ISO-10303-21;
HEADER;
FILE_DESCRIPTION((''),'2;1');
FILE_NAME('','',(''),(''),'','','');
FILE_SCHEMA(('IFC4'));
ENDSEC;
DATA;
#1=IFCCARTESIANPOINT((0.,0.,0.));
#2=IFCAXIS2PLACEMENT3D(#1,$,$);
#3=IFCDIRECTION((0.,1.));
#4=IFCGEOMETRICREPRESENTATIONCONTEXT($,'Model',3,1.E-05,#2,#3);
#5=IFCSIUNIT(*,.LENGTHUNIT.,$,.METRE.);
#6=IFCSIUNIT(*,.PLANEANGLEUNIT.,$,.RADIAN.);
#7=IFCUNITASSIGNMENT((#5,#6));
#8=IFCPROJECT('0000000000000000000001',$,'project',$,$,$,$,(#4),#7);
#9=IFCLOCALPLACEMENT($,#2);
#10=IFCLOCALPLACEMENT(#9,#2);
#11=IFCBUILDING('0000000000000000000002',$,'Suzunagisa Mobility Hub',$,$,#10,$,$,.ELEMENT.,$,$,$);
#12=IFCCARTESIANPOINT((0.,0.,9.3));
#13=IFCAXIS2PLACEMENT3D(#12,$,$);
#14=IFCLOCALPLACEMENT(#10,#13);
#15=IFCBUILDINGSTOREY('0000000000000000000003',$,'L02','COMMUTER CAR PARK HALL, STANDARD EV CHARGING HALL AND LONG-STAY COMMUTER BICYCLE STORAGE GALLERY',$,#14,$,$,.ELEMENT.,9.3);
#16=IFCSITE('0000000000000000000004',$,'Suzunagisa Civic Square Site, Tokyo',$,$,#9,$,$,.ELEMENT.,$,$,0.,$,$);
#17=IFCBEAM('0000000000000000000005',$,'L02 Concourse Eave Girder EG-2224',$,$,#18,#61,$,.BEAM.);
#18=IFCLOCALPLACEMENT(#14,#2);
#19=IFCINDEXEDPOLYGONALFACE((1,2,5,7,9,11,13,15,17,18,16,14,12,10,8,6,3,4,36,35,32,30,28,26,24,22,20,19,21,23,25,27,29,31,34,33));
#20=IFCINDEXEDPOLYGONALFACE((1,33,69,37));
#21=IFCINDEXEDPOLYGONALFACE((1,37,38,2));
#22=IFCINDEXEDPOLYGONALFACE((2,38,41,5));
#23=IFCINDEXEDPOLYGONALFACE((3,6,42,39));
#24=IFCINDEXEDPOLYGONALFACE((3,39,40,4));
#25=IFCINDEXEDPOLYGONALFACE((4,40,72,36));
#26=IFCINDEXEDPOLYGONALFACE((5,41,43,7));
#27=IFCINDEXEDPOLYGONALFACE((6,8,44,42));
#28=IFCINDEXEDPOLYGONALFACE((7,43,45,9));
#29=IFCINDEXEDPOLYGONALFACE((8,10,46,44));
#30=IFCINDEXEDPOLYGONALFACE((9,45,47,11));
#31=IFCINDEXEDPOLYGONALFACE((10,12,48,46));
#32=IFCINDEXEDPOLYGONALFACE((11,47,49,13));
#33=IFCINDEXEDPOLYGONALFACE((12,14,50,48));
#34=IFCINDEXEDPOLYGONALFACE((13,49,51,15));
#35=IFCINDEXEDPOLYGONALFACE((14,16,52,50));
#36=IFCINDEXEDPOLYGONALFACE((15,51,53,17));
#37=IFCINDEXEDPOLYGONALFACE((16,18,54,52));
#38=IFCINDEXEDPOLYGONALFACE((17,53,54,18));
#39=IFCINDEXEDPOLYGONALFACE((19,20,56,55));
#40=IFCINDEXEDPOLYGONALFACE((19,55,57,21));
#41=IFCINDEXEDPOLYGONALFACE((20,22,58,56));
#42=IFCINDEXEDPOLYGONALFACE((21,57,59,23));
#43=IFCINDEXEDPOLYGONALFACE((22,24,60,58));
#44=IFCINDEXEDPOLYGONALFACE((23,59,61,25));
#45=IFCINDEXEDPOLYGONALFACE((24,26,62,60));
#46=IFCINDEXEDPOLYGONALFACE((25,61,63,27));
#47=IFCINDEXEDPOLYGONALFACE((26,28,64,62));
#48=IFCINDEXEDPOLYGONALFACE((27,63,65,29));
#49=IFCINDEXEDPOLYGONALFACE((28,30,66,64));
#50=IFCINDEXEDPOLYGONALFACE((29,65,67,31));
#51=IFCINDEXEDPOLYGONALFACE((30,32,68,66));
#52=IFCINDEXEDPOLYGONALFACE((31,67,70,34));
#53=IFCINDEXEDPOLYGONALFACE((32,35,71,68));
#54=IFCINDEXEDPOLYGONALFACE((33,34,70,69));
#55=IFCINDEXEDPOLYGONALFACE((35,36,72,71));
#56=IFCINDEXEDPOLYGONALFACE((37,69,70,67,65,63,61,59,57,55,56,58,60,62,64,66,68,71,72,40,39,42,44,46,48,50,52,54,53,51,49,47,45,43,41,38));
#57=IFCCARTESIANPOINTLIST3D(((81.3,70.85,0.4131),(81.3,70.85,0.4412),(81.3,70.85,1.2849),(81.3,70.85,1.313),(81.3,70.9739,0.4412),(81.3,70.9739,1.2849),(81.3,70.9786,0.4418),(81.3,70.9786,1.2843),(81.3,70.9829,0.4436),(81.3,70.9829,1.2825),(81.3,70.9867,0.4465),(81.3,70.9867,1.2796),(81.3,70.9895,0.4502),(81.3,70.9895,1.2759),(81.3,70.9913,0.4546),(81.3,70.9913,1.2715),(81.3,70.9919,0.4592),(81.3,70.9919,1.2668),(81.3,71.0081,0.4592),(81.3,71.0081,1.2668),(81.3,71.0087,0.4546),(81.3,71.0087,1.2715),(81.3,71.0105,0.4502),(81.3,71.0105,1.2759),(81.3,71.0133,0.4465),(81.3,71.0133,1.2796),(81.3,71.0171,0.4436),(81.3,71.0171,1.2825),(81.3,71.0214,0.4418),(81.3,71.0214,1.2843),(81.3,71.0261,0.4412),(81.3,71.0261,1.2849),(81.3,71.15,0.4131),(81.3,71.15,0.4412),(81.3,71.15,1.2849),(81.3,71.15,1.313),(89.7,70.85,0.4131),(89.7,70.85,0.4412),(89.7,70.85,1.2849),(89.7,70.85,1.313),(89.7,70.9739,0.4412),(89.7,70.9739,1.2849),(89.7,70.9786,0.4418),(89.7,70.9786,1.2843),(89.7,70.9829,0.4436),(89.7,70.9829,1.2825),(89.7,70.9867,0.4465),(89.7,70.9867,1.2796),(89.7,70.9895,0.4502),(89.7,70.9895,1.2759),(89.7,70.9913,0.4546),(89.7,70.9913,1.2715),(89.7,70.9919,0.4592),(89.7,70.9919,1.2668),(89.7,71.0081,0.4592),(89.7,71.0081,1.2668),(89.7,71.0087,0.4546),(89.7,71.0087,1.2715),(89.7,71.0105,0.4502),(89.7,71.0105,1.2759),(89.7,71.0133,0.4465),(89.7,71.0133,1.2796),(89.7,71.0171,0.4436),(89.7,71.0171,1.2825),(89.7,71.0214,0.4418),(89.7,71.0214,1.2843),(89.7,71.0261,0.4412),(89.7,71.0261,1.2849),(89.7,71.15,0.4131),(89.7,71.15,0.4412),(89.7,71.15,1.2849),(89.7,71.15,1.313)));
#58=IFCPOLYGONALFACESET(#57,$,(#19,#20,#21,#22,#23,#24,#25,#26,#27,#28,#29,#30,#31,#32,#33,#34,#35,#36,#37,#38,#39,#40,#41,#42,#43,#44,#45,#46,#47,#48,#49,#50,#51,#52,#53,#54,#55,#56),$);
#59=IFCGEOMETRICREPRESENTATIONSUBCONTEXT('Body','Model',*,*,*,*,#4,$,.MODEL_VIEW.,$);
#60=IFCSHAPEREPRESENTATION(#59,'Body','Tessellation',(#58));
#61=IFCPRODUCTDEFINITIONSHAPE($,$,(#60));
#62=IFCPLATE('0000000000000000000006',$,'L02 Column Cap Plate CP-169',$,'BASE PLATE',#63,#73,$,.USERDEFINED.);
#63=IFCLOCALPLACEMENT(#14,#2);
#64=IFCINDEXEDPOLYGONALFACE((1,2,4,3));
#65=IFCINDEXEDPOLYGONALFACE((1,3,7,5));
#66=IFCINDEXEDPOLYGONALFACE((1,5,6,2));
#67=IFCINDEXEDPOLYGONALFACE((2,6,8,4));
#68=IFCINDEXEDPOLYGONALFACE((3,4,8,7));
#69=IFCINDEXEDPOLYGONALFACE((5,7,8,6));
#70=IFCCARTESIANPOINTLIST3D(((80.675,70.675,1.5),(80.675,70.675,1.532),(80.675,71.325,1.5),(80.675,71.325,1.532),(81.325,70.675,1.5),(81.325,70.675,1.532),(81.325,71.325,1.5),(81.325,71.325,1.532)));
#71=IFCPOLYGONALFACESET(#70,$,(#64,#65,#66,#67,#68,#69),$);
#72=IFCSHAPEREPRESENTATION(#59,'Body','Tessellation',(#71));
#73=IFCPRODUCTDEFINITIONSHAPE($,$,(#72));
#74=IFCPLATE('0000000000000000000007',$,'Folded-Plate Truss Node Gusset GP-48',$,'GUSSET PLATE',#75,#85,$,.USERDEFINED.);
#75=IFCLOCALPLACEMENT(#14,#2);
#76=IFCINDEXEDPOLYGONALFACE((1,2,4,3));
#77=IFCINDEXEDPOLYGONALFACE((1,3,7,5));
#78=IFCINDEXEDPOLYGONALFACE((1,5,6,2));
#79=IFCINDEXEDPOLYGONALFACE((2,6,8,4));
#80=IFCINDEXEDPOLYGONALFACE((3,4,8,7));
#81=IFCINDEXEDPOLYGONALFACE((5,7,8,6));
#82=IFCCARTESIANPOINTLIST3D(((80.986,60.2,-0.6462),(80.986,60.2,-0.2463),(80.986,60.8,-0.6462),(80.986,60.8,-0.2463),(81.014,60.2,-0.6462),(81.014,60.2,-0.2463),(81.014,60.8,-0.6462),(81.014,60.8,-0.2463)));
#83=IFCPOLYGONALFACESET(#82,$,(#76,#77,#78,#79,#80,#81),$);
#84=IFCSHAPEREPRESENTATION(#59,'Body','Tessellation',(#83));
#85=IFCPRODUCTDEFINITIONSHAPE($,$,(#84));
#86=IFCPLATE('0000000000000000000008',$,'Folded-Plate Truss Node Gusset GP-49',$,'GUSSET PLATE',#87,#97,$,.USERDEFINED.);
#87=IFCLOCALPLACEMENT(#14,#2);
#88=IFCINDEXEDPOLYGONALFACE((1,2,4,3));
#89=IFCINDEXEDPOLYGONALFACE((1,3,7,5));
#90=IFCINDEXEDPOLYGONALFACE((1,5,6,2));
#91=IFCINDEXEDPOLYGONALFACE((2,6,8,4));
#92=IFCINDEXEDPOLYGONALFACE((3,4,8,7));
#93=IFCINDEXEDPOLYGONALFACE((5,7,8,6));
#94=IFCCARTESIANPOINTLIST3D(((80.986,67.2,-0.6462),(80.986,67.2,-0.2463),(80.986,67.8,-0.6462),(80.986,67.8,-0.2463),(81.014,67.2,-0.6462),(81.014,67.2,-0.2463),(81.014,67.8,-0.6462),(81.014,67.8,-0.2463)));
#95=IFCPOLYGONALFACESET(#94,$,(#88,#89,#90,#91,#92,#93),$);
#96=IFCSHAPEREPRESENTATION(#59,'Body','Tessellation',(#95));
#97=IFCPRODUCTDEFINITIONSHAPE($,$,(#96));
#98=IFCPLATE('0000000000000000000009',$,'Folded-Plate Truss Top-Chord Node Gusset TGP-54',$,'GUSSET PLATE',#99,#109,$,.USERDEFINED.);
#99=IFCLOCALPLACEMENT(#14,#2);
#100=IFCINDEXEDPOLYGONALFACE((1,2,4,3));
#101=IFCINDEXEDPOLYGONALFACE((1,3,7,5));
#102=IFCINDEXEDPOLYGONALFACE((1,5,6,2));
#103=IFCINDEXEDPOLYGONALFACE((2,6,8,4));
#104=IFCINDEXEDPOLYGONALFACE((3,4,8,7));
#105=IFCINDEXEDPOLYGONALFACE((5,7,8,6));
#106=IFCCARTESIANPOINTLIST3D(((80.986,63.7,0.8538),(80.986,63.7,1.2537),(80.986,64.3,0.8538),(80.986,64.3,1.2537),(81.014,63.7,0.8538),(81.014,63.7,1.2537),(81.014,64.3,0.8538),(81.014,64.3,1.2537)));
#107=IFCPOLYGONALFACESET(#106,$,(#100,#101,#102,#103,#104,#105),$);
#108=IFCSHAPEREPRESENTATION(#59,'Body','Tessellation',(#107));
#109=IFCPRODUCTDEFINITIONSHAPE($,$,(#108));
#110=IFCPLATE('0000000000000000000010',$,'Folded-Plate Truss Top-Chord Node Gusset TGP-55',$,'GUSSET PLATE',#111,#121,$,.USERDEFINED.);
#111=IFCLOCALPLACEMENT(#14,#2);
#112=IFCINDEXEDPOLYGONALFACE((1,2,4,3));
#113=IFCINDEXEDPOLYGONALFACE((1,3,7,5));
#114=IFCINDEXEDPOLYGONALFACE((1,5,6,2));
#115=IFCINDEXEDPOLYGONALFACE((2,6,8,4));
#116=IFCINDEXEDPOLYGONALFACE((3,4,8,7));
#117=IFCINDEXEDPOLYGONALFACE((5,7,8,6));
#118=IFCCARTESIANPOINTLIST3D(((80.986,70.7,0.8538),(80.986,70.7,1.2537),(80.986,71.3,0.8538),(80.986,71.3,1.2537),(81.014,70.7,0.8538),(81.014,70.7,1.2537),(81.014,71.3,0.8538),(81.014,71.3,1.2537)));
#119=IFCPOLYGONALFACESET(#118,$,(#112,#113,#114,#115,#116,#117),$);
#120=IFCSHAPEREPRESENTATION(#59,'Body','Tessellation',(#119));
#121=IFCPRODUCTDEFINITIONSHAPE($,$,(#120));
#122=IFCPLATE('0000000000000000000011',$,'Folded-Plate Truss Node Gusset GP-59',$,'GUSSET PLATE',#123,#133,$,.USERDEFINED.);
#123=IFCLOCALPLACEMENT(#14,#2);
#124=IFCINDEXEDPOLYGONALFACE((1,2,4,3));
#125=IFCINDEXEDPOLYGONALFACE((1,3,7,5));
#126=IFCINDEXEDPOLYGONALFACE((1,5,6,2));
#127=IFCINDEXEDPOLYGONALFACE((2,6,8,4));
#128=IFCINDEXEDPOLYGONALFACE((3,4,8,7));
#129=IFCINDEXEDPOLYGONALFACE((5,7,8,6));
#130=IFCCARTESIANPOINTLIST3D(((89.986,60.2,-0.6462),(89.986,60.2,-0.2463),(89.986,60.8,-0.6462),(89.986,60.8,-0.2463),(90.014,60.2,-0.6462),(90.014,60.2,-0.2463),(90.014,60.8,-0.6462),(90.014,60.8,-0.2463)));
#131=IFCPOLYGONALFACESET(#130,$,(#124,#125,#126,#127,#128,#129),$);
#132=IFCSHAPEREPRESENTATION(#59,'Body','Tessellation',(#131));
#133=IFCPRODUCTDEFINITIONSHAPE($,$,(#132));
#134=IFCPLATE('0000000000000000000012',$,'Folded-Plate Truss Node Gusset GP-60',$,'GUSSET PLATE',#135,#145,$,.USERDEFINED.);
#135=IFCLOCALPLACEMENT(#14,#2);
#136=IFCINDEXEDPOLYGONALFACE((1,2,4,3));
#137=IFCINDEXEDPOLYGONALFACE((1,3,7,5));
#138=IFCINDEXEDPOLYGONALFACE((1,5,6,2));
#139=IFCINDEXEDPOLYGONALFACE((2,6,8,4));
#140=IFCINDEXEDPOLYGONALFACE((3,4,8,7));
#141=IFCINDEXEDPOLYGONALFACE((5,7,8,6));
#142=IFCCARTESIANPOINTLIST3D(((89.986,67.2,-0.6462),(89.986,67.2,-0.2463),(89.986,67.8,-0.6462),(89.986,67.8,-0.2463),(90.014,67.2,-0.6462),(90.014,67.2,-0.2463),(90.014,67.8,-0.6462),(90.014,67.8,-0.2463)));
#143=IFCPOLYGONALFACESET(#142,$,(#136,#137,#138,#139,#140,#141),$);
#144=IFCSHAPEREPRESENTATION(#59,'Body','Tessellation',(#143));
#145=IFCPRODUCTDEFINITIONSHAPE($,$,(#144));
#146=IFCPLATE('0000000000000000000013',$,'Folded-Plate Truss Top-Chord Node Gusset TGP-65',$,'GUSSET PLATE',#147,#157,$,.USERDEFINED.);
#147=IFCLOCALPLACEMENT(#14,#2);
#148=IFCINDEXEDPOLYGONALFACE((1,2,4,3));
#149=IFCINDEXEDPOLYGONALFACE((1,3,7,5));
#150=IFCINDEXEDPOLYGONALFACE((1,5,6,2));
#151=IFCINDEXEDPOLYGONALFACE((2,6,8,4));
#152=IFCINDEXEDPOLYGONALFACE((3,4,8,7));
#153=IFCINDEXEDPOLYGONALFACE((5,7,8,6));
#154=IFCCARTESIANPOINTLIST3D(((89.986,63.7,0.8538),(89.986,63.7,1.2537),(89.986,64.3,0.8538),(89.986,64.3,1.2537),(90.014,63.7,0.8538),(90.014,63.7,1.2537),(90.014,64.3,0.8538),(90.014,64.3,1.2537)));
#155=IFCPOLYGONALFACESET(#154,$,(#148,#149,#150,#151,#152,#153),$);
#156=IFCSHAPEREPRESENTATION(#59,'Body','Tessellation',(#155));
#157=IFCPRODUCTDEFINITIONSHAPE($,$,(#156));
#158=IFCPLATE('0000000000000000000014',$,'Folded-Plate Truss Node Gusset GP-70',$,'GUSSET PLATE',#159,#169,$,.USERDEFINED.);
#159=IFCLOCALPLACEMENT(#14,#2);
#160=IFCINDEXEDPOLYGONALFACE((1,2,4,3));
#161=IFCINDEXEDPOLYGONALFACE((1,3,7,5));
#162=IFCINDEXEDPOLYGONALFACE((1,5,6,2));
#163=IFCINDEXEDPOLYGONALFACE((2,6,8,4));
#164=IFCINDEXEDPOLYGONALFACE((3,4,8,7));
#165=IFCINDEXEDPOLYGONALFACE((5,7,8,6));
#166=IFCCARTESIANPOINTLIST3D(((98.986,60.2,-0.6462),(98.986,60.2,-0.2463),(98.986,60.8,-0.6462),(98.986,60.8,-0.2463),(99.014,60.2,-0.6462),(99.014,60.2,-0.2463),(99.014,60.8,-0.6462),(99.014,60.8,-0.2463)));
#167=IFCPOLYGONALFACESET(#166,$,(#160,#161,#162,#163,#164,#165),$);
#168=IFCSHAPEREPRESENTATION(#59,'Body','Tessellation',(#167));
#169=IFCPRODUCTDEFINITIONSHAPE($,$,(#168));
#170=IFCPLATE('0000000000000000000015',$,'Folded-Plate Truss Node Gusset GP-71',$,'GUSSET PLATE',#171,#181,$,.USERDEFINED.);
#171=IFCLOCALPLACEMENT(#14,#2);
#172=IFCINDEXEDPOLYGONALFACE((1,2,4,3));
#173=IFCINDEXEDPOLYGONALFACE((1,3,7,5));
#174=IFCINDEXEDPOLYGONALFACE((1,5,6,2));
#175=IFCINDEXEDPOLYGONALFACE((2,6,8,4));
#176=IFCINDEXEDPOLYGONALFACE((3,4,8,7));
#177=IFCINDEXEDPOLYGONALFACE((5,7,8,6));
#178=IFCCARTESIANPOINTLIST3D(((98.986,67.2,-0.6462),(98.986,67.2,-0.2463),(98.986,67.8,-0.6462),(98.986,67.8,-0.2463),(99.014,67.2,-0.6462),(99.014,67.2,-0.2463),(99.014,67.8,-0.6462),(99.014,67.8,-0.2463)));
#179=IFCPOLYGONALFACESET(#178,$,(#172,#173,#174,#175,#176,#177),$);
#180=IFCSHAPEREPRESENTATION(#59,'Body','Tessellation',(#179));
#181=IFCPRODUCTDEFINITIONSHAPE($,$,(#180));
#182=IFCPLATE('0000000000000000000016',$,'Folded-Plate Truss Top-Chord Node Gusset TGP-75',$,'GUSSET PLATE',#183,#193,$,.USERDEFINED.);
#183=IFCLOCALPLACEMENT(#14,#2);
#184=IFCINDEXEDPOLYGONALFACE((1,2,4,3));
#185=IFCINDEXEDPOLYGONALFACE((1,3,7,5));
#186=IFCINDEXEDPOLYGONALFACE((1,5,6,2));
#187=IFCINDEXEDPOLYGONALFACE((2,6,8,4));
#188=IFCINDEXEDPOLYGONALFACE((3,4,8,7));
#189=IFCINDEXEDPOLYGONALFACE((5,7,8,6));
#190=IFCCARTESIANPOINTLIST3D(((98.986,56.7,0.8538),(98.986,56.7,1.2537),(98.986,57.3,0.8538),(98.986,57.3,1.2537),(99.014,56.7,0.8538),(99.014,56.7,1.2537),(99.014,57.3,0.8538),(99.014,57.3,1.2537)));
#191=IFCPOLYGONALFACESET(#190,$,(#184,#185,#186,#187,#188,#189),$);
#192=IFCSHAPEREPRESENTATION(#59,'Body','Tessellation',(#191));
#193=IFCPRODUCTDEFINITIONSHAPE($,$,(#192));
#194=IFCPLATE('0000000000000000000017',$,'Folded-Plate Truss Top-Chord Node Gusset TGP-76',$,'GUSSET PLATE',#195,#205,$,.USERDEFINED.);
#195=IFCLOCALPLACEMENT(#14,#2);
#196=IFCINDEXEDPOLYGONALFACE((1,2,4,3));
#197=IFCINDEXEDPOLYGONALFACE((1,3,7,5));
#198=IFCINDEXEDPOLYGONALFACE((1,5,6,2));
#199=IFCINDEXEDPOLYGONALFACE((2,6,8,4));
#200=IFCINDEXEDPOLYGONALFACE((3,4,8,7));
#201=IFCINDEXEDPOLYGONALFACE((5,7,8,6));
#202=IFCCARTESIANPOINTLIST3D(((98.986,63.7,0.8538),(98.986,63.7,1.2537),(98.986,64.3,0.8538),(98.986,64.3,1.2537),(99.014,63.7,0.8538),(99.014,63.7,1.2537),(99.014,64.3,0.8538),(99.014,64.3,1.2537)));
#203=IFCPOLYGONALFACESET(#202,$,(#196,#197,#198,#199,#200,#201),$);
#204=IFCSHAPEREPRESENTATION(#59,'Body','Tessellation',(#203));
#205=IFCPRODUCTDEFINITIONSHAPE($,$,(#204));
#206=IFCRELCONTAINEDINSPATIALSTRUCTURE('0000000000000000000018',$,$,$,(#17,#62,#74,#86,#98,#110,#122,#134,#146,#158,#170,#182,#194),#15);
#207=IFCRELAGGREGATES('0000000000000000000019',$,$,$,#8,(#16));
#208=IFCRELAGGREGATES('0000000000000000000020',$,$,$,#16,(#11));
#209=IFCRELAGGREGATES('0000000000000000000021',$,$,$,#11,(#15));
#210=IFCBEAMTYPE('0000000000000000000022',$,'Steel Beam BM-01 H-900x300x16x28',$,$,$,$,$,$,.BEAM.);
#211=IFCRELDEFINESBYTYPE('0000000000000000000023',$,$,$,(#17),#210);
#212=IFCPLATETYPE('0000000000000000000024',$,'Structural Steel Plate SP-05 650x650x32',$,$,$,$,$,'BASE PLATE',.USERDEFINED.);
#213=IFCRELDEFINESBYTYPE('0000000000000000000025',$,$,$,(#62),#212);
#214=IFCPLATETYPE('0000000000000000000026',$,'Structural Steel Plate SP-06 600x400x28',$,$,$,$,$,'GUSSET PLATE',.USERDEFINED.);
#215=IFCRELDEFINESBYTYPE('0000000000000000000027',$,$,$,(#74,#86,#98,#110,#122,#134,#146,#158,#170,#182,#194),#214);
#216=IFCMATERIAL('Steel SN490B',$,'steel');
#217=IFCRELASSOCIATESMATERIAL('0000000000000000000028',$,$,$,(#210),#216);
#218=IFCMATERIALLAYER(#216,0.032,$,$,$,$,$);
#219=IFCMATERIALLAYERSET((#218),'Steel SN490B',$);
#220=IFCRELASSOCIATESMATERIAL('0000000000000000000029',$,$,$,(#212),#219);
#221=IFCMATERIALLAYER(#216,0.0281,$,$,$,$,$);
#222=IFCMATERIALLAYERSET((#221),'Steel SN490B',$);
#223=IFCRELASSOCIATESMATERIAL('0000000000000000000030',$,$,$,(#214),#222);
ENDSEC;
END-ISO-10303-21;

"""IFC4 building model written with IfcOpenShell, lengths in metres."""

from ifc_helpers import new_model, si_unit, direction, frame, origin, origin_2d, place, context, subcontext, project, spatial, rectangle, i_section, extrude, material, layer, layer_set, material_profile, profile_set, type_object, element, save


model = new_model("IFC4")

# Units and contexts
model_context = context("Model", 3, precision=1e-05, world=origin(), true_north=direction((0.0, 1.0)))
body_context = subcontext(model_context, "Body", "Model", "MODEL_VIEW")
ifc_project = project(units=[si_unit("LENGTHUNIT", "METRE"), si_unit("PLANEANGLEUNIT", "RADIAN")], contexts=[model_context])

# Site, building, storey
site_placement = place(None, origin())
site = spatial("IfcSite", under=ifc_project, at=site_placement, Name="Suzunagisa Civic Square Site, Tokyo", CompositionType="ELEMENT", RefElevation=0.0)
building_placement = place(site_placement, origin())
building = spatial("IfcBuilding", under=site, at=building_placement, Name="Suzunagisa Mobility Hub", CompositionType="ELEMENT")
storey_placement = place(building_placement, frame((0.0, 0.0, 9.3)))
storey = spatial("IfcBuildingStorey", under=building, at=storey_placement, Name="L02", Description="COMMUTER CAR PARK HALL, STANDARD EV CHARGING HALL AND LONG-STAY COMMUTER BICYCLE STORAGE GALLERY", CompositionType="ELEMENT", Elevation=9.3)

# Shared definitions
ifc_material_1 = material(Name="Steel SN490B", Category="steel")

# Beam
ifc_material_profile_1 = material_profile(ifc_material_1, i_section(OverallWidth=0.3, OverallDepth=0.8999, WebThickness=0.0161, FlangeThickness=0.0281, FilletRadius=0.0181, at=origin_2d()), Name="H-900x300x16x28")
ifc_profile_set_1 = profile_set([ifc_material_profile_1], Name="Steel SN490B")
beam_type = type_object("IfcBeamType", Name="Steel Beam BM-01 H-900x300x16x28", PredefinedType="BEAM", material=ifc_profile_set_1)
beam_placement = place(storey_placement, frame((81.3, 71.0, 0.863), z_axis=(1.0, 0.0, 0.0), x_axis=(0.0, 1.0, 0.0)))
element("IfcBeam", 1, at=beam_placement, inside=storey, type_object=beam_type, Name="L02 Concourse Eave Girder EG-2224", PredefinedType="BEAM", context=body_context, shape_type="SweptSolid", body=[
    extrude(i_section(OverallWidth=0.3, OverallDepth=0.8999, WebThickness=0.0161, FlangeThickness=0.0281, FilletRadius=0.0181, at=origin_2d()), origin(), (0.0, 0.0, 1.0), 8.3999),
])

# Plates
ifc_layer_1 = layer(ifc_material_1, 0.032)
ifc_layer_set_1 = layer_set([ifc_layer_1], Name="Steel SN490B")
plate_type_1 = type_object("IfcPlateType", Name="Structural Steel Plate SP-05 650x650x32", ElementType="BASE PLATE", PredefinedType="USERDEFINED", material=ifc_layer_set_1)
plate_placement = place(storey_placement, frame((81.0, 71.0, 1.5), z_axis=(0.0, 0.0, 1.0), x_axis=(1.0, 0.0, 0.0)))
element("IfcPlate", 2, at=plate_placement, inside=storey, type_object=plate_type_1, Name="L02 Column Cap Plate CP-169", ObjectType="BASE PLATE", PredefinedType="USERDEFINED", context=body_context, shape_type="SweptSolid", body=[
    extrude(rectangle(XDim=0.6499, YDim=0.6499, at=origin_2d()), origin(), (0.0, 0.0, 1.0), 0.032),
])
ifc_layer_2 = layer(ifc_material_1, 0.0281)
ifc_layer_set_2 = layer_set([ifc_layer_2], Name="Steel SN490B")
plate_type_2 = type_object("IfcPlateType", Name="Structural Steel Plate SP-06 600x400x28", ElementType="GUSSET PLATE", PredefinedType="USERDEFINED", material=ifc_layer_set_2)
for number, where, z_axis, x_axis, name in (
    (3, (81.0, 60.5, -0.6462), (0.0, 0.0, 1.0), (1.0, 0.0, 0.0), "Folded-Plate Truss Node Gusset GP-48"),
    (4, (81.0, 67.5, -0.6462), (0.0, 0.0, 1.0), (1.0, 0.0, 0.0), "Folded-Plate Truss Node Gusset GP-49"),
    (5, (81.0, 64.0, 0.8538), (0.0, 0.0, 1.0), (1.0, 0.0, 0.0), "Folded-Plate Truss Top-Chord Node Gusset TGP-54"),
    (6, (81.0, 71.0, 0.8538), (0.0, 0.0, 1.0), (1.0, 0.0, 0.0), "Folded-Plate Truss Top-Chord Node Gusset TGP-55"),
    (7, (90.0, 60.5, -0.6462), (0.0, 0.0, 1.0), (1.0, 0.0, 0.0), "Folded-Plate Truss Node Gusset GP-59"),
    (8, (90.0, 67.5, -0.6462), (0.0, 0.0, 1.0), (1.0, 0.0, 0.0), "Folded-Plate Truss Node Gusset GP-60"),
    (9, (90.0, 64.0, 0.8538), (0.0, 0.0, 1.0), (1.0, 0.0, 0.0), "Folded-Plate Truss Top-Chord Node Gusset TGP-65"),
    (10, (99.0, 60.5, -0.6462), (0.0, 0.0, 1.0), (1.0, 0.0, 0.0), "Folded-Plate Truss Node Gusset GP-70"),
    (11, (99.0, 67.5, -0.6462), (0.0, 0.0, 1.0), (1.0, 0.0, 0.0), "Folded-Plate Truss Node Gusset GP-71"),
    (12, (99.0, 57.0, 0.8538), (0.0, 0.0, 1.0), (1.0, 0.0, 0.0), "Folded-Plate Truss Top-Chord Node Gusset TGP-75"),
    (13, (99.0, 64.0, 0.8538), (0.0, 0.0, 1.0), (1.0, 0.0, 0.0), "Folded-Plate Truss Top-Chord Node Gusset TGP-76"),
):
    element("IfcPlate", number, at=place(storey_placement, frame(where, z_axis=z_axis, x_axis=x_axis)), inside=storey, type_object=plate_type_2, Name=name, ObjectType="GUSSET PLATE", PredefinedType="USERDEFINED", context=body_context, shape_type="SweptSolid", body=[
        extrude(rectangle(XDim=0.0281, YDim=0.6001, at=origin_2d()), origin(), (0.0, 0.0, 1.0), 0.3999),
    ])

save(model, "model.ifc")
